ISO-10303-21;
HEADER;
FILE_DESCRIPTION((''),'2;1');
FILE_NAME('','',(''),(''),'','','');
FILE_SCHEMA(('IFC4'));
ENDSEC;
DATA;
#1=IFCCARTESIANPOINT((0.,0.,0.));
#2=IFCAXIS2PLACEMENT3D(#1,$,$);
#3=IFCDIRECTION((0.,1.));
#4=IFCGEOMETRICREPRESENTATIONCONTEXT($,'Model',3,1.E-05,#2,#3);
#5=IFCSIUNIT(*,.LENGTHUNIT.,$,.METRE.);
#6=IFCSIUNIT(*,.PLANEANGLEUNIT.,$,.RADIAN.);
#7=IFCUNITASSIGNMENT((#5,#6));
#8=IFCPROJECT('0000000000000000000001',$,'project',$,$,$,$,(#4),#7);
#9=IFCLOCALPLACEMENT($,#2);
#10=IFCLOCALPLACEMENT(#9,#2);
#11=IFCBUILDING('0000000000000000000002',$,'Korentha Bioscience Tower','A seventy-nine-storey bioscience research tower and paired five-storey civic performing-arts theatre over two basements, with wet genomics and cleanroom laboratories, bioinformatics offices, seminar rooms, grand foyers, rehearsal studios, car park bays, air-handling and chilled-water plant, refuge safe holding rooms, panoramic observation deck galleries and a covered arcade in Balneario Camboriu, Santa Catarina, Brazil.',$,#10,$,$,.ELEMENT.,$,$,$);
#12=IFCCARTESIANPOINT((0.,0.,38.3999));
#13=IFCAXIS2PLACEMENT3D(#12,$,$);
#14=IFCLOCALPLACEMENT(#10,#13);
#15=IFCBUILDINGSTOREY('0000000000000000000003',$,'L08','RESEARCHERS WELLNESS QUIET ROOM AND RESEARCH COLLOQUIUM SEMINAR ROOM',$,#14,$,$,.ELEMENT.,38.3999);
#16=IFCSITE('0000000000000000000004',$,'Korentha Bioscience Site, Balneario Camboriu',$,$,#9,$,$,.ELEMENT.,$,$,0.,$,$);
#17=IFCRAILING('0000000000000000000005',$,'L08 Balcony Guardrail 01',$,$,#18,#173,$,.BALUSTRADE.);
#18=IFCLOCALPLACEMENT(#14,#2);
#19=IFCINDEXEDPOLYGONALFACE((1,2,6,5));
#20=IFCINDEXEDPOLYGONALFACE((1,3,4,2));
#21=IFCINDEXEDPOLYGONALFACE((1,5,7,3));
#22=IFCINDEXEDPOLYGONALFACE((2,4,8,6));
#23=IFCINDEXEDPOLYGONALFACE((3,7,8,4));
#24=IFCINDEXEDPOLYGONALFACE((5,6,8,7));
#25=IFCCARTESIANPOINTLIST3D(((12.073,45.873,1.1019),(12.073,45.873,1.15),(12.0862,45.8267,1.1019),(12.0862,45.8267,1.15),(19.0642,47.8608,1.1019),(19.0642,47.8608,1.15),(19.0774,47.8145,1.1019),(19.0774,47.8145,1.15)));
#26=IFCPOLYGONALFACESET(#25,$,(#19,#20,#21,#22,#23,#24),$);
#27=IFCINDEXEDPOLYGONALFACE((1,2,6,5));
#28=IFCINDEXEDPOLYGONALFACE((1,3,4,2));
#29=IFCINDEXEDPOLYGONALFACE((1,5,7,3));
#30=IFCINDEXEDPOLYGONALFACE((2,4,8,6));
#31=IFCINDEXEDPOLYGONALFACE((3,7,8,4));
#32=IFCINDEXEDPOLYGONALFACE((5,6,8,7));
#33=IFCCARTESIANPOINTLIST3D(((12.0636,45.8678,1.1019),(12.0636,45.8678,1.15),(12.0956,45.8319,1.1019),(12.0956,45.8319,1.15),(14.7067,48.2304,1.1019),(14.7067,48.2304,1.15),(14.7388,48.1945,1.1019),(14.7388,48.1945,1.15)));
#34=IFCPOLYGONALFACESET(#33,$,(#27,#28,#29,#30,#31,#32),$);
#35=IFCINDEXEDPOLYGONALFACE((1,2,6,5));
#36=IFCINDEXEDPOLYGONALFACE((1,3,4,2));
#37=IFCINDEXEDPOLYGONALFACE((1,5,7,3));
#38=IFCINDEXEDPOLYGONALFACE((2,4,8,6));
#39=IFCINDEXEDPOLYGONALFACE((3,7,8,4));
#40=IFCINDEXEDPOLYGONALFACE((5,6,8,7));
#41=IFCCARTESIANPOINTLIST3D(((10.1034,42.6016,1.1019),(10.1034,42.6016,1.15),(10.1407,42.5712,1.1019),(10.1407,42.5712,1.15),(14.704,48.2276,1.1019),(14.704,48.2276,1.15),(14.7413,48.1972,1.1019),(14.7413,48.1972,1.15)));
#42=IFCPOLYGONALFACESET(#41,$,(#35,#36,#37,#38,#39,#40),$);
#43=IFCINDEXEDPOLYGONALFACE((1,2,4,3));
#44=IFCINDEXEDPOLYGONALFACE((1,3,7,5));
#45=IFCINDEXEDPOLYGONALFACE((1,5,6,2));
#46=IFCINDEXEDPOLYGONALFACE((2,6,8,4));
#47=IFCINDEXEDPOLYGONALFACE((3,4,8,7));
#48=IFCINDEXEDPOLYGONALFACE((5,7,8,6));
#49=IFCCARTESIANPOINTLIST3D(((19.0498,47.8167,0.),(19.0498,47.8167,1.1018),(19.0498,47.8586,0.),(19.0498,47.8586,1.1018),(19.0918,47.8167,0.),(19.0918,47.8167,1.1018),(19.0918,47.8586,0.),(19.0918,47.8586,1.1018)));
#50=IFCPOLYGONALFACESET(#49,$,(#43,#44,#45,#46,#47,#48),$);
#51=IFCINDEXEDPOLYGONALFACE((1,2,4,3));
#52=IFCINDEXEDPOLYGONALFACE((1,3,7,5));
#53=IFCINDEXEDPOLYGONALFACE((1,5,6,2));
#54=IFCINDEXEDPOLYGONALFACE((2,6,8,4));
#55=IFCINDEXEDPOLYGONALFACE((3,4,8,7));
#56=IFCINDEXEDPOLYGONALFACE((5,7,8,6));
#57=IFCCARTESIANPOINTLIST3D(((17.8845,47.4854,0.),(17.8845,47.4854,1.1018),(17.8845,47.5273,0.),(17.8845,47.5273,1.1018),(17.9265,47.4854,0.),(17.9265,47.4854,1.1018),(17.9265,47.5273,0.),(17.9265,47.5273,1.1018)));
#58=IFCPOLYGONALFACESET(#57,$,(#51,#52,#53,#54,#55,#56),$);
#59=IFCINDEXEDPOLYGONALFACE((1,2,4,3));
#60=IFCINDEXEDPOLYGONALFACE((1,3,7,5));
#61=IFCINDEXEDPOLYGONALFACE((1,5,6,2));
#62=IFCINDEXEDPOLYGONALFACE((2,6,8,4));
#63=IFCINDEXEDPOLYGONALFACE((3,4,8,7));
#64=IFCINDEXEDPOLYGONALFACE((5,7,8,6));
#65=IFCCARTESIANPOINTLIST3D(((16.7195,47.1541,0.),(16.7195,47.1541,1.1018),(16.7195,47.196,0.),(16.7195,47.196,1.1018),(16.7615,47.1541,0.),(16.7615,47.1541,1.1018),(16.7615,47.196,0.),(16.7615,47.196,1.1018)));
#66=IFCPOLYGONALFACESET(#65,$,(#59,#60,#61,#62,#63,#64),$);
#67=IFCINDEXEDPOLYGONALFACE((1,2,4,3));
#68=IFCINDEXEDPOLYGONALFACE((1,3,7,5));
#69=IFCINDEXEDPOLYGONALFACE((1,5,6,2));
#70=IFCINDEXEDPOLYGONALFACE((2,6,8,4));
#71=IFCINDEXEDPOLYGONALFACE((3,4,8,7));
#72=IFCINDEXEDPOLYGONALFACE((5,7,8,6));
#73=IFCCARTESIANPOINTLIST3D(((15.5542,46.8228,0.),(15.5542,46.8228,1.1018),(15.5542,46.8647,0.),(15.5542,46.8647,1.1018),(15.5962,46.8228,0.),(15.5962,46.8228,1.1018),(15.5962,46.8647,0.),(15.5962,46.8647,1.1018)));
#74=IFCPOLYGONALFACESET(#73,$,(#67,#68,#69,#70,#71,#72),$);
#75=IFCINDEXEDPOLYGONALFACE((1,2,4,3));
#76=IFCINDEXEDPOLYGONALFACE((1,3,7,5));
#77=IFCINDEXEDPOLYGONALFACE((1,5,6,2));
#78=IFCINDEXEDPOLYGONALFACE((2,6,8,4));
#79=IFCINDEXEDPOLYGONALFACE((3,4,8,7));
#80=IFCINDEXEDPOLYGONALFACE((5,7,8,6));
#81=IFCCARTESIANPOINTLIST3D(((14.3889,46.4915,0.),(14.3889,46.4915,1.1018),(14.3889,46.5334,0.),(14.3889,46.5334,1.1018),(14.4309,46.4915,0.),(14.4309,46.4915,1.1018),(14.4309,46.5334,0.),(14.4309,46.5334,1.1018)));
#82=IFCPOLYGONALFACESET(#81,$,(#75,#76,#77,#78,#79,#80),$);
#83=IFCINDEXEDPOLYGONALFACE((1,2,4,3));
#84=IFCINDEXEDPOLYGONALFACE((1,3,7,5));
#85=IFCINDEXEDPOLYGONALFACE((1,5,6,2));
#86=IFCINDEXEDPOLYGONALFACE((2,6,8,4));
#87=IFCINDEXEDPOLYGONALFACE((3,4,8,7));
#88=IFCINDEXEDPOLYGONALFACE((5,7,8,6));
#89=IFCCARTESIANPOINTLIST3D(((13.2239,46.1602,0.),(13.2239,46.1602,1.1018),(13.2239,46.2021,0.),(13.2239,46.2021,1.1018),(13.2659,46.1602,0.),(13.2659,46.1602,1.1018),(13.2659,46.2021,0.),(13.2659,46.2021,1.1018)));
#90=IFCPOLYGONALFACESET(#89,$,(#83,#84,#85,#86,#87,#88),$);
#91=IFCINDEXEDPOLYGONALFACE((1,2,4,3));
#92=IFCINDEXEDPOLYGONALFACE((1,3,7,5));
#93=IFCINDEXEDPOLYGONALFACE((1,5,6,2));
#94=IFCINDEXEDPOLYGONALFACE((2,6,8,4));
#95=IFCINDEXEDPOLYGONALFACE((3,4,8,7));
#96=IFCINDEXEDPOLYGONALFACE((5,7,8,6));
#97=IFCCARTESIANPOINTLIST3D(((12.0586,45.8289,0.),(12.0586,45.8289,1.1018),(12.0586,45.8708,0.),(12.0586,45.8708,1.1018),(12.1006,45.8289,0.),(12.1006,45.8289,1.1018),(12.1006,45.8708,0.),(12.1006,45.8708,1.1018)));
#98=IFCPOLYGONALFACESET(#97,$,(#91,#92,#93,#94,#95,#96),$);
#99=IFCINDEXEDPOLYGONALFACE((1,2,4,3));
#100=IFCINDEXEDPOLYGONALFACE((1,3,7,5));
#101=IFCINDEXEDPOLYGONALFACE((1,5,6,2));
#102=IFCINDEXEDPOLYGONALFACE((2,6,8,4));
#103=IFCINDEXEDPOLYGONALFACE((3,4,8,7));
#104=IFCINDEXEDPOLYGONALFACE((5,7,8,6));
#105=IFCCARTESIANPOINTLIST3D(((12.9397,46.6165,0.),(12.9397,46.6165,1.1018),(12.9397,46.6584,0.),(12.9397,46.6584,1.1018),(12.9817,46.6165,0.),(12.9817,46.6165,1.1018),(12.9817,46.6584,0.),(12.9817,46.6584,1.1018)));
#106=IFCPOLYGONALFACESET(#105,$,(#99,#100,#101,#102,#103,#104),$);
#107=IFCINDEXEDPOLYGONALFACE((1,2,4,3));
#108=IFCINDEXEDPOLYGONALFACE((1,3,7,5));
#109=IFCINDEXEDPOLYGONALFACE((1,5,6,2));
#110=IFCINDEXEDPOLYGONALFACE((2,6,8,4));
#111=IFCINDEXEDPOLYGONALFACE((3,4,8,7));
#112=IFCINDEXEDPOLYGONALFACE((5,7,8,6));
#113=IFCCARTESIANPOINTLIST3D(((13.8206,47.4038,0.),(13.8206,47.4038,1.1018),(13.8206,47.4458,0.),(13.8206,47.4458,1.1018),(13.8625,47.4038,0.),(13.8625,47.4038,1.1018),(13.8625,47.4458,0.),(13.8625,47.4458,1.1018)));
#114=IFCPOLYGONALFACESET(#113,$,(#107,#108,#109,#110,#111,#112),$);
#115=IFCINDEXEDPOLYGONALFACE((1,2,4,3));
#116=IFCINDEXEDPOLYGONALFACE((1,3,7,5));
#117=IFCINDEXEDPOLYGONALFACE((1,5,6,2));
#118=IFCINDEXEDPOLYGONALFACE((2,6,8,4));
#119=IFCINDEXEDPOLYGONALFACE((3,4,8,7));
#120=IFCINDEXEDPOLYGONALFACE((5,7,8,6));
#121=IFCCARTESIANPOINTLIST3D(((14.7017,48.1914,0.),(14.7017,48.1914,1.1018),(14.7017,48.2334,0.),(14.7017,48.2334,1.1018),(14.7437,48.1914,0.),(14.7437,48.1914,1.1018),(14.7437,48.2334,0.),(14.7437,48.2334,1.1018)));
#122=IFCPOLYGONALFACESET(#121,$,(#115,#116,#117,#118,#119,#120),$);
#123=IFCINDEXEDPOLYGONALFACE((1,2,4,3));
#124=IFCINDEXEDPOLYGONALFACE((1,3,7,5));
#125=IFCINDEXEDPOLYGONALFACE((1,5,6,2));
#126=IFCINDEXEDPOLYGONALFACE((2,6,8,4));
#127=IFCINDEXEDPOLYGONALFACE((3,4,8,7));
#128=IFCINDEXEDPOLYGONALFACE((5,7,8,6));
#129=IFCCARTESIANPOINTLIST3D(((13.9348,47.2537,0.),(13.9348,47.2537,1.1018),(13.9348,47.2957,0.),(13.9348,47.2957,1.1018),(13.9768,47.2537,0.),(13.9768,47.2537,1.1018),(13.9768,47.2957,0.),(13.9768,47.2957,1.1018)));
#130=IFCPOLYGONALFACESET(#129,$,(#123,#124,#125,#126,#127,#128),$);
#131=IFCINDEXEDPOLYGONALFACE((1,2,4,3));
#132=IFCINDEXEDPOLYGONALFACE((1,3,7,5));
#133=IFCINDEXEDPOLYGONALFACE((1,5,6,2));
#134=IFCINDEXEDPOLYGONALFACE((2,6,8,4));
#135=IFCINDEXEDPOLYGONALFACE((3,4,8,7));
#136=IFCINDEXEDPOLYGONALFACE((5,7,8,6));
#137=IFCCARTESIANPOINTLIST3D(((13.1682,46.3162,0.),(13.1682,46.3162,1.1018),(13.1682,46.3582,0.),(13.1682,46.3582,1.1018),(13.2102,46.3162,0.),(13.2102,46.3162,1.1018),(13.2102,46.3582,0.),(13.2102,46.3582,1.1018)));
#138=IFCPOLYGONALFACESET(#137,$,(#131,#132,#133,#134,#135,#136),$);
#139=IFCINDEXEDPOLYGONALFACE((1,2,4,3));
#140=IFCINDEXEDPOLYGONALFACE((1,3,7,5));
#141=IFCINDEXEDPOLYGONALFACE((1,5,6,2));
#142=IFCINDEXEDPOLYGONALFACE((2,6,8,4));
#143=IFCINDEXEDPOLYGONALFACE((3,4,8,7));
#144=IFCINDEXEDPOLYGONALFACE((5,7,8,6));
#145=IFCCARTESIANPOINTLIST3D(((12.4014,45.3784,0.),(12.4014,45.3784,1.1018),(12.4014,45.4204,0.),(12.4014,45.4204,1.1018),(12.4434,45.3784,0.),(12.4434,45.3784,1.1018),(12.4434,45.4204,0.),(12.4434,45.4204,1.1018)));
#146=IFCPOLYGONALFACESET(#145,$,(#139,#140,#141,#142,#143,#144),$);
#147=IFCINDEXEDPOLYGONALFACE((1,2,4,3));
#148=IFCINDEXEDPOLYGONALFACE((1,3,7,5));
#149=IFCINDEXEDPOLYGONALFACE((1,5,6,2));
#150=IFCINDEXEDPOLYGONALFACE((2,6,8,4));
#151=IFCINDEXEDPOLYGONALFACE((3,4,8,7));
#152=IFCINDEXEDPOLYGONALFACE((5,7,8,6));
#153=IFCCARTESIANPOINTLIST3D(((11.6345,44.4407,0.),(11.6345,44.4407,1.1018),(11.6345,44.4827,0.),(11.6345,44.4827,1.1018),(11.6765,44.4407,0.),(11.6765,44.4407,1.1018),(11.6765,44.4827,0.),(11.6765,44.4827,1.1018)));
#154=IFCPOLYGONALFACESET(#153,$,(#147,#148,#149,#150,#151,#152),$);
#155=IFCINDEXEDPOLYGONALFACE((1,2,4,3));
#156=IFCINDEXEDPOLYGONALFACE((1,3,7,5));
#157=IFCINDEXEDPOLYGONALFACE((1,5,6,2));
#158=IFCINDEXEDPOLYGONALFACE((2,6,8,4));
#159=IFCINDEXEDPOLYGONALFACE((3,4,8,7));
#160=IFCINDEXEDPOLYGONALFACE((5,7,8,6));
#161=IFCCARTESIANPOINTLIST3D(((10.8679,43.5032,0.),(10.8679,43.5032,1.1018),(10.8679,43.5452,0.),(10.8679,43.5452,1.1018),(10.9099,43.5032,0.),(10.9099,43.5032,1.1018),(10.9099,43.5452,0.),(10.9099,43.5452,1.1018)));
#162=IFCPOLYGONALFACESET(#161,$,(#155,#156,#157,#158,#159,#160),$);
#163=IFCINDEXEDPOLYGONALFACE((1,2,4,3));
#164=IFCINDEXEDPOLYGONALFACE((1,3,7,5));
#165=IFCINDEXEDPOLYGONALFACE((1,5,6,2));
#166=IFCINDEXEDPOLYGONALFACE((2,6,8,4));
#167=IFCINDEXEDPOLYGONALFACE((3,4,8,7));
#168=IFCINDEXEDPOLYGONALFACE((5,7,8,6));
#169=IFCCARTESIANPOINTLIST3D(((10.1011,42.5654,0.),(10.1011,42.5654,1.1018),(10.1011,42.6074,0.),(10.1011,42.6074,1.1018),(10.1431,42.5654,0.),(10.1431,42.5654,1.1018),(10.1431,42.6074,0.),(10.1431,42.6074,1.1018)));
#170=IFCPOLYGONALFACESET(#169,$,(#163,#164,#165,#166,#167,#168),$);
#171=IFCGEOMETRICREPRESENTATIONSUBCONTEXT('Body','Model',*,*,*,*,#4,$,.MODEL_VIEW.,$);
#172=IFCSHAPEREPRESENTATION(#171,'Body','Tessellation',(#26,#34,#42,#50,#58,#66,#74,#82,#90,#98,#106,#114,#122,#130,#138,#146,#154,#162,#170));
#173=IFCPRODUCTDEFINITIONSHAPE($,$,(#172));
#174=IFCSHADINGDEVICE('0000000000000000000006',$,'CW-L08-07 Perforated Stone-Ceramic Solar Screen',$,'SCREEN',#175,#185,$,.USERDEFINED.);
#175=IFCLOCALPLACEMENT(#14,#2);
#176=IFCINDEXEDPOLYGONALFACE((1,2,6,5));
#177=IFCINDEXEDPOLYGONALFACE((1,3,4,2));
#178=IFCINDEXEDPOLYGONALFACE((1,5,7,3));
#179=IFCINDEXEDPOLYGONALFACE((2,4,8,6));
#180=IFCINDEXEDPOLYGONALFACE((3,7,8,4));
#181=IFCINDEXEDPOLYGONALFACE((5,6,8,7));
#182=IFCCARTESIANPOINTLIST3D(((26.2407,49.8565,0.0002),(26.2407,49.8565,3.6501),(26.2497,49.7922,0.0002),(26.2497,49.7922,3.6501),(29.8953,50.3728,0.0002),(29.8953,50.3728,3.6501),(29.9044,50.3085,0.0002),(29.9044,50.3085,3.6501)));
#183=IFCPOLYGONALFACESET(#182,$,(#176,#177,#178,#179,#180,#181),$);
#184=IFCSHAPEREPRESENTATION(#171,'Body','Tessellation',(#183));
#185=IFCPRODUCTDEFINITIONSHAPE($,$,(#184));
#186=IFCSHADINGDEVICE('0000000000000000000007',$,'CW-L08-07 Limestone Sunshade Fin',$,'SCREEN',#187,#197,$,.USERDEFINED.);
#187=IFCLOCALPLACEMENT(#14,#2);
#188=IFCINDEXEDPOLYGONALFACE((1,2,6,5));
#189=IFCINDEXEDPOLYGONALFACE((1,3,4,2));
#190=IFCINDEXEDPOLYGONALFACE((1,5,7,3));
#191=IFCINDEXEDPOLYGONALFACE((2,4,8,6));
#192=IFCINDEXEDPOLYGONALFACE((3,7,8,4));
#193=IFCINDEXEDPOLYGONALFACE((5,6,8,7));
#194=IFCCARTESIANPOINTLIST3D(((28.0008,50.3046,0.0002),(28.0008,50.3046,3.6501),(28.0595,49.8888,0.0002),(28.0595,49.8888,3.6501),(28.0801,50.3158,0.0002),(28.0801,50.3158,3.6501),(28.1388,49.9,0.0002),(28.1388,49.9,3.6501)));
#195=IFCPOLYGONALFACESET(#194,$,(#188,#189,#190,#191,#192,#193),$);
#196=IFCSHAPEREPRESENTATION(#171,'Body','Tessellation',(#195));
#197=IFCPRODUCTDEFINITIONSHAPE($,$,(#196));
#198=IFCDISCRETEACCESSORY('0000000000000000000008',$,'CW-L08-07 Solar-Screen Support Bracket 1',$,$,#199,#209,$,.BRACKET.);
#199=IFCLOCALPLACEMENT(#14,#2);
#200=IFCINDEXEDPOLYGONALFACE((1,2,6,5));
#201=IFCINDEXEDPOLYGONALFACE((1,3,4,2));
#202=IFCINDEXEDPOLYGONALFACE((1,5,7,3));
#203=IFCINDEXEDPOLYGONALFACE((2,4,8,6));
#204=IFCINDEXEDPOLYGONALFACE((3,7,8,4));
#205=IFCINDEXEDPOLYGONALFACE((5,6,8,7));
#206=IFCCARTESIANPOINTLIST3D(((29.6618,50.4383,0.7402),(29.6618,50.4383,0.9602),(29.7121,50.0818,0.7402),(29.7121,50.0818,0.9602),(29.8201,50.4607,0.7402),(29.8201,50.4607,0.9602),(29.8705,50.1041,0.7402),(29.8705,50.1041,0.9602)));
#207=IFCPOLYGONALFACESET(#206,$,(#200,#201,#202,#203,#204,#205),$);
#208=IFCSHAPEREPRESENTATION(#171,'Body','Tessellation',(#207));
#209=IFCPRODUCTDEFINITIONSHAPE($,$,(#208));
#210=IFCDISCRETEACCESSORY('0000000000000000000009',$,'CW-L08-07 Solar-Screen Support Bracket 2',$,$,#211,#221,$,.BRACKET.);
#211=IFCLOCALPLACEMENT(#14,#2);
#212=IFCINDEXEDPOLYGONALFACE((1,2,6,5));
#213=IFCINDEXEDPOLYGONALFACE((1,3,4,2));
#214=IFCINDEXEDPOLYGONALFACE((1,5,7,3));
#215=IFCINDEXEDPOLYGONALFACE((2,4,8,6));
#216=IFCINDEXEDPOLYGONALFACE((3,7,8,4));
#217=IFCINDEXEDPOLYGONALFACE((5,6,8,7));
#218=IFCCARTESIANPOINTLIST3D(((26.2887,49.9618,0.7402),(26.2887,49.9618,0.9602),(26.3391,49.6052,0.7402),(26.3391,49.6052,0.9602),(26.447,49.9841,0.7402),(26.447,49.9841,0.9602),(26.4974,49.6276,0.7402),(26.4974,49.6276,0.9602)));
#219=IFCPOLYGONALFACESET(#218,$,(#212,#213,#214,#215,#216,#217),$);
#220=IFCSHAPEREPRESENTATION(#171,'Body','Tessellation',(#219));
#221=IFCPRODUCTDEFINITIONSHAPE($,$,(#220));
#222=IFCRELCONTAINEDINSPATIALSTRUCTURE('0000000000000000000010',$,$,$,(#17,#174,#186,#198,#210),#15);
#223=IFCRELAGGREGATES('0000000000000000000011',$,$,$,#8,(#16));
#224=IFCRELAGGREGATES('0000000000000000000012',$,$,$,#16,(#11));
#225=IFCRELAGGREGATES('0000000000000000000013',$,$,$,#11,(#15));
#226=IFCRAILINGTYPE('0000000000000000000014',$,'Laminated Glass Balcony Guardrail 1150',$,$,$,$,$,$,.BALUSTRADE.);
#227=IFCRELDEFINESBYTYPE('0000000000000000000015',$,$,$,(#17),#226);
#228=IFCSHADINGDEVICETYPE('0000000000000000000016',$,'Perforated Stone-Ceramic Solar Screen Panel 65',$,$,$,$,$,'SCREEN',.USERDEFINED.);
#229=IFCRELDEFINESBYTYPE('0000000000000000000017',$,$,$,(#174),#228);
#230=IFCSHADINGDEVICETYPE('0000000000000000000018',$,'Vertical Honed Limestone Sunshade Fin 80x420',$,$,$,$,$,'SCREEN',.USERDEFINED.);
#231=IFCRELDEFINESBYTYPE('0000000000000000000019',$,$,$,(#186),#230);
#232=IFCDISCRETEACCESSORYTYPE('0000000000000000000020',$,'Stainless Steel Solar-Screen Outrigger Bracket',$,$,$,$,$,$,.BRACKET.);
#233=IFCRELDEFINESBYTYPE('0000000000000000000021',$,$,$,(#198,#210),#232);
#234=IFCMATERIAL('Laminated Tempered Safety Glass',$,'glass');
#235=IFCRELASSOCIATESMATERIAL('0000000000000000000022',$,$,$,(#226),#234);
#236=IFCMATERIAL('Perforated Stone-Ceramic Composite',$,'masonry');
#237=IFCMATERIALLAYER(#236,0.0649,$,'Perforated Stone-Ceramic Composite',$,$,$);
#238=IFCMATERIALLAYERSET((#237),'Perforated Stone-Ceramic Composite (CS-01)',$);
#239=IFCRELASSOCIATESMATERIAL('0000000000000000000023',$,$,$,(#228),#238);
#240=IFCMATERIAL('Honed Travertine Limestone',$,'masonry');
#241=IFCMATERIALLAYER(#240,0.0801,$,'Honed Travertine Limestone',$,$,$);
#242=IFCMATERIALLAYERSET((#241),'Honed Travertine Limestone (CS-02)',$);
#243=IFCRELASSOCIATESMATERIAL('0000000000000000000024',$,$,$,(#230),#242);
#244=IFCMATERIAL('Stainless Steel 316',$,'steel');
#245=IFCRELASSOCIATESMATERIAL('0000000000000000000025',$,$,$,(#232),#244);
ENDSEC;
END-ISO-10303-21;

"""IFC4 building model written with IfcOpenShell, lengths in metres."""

from ifc_helpers import new_model, si_unit, direction, frame, origin, origin_2d, place, context, subcontext, project, spatial, rectangle, extrude, material, layer, layer_set, type_object, element, save


model = new_model("IFC4")

# Units and contexts
model_context = context("Model", 3, precision=1e-05, world=origin(), true_north=direction((0.0, 1.0)))
body_context = subcontext(model_context, "Body", "Model", "MODEL_VIEW")
ifc_project = project(units=[si_unit("LENGTHUNIT", "METRE"), si_unit("PLANEANGLEUNIT", "RADIAN")], contexts=[model_context])

# Site, building, storey
site_placement = place(None, origin())
site = spatial("IfcSite", under=ifc_project, at=site_placement, Name="Korentha Bioscience Site, Balneario Camboriu", CompositionType="ELEMENT", RefElevation=0.0)
building_placement = place(site_placement, origin())
building = spatial("IfcBuilding", under=site, at=building_placement, Name="Korentha Bioscience Tower", Description="A seventy-nine-storey bioscience research tower and paired five-storey civic performing-arts theatre over two basements, with wet genomics and cleanroom laboratories, bioinformatics offices, seminar rooms, grand foyers, rehearsal studios, car park bays, air-handling and chilled-water plant, refuge safe holding rooms, panoramic observation deck galleries and a covered arcade in Balneario Camboriu, Santa Catarina, Brazil.", CompositionType="ELEMENT")
storey_placement = place(building_placement, frame((0.0, 0.0, 38.3999)))
storey = spatial("IfcBuildingStorey", under=building, at=storey_placement, Name="L08", Description="RESEARCHERS WELLNESS QUIET ROOM AND RESEARCH COLLOQUIUM SEMINAR ROOM", CompositionType="ELEMENT", Elevation=38.3999)

# Railing
ifc_material_1 = material(Name="Laminated Tempered Safety Glass", Category="glass")
railing_type = type_object("IfcRailingType", Name="Laminated Glass Balcony Guardrail 1150", PredefinedType="BALUSTRADE", material=ifc_material_1)
railing_placement = place(storey_placement, frame((19.0708, 47.8376, 0.0)))
element("IfcRailing", 1, at=railing_placement, inside=storey, type_object=railing_type, Name="L08 Balcony Guardrail 01", PredefinedType="BALUSTRADE", context=body_context, shape_type="SweptSolid", body=[
    extrude(rectangle(XDim=0.0481, YDim=0.0481, at=origin_2d()), frame((0.0, 0.0, 1.126), z_axis=(-0.961876, -0.273488, 0.0), x_axis=(0.273488, -0.961876, 0.0)), (0.0, 0.0, 1.0), 7.2683),
    extrude(rectangle(XDim=0.0481, YDim=0.0481, at=origin_2d()), frame((-6.9912, -1.9878, 1.126), z_axis=(0.745564, 0.666434, 0.0), x_axis=(-0.666434, 0.745564, 0.0)), (0.0, 0.0, 1.0), 3.5452),
    extrude(rectangle(XDim=0.0481, YDim=0.0481, at=origin_2d()), frame((-4.3481, 0.3748, 1.126), z_axis=(-0.633033, -0.774125, 0.0), x_axis=(0.774125, -0.633033, 0.0)), (0.0, 0.0, 1.0), 7.2676),
    extrude(rectangle(XDim=0.042, YDim=0.042, at=origin_2d()), origin(), (0.0, 0.0, 1.0), 1.1018),
    extrude(rectangle(XDim=0.042, YDim=0.042, at=origin_2d()), frame((-1.1653, -0.3313, 0.0)), (0.0, 0.0, 1.0), 1.1018),
    extrude(rectangle(XDim=0.042, YDim=0.042, at=origin_2d()), frame((-2.3303, -0.6626, 0.0)), (0.0, 0.0, 1.0), 1.1018),
    extrude(rectangle(XDim=0.042, YDim=0.042, at=origin_2d()), frame((-3.4956, -0.9939, 0.0)), (0.0, 0.0, 1.0), 1.1018),
    extrude(rectangle(XDim=0.042, YDim=0.042, at=origin_2d()), frame((-4.6609, -1.3252, 0.0)), (0.0, 0.0, 1.0), 1.1018),
    extrude(rectangle(XDim=0.042, YDim=0.042, at=origin_2d()), frame((-5.8259, -1.6565, 0.0)), (0.0, 0.0, 1.0), 1.1018),
    extrude(rectangle(XDim=0.042, YDim=0.042, at=origin_2d()), frame((-6.9912, -1.9878, 0.0)), (0.0, 0.0, 1.0), 1.1018),
    extrude(rectangle(XDim=0.042, YDim=0.042, at=origin_2d()), frame((-6.1101, -1.2002, 0.0)), (0.0, 0.0, 1.0), 1.1018),
    extrude(rectangle(XDim=0.042, YDim=0.042, at=origin_2d()), frame((-5.2292, -0.4128, 0.0)), (0.0, 0.0, 1.0), 1.1018),
    extrude(rectangle(XDim=0.042, YDim=0.042, at=origin_2d()), frame((-4.3481, 0.3748, 0.0)), (0.0, 0.0, 1.0), 1.1018),
    extrude(rectangle(XDim=0.042, YDim=0.042, at=origin_2d()), frame((-5.115, -0.563, 0.0)), (0.0, 0.0, 1.0), 1.1018),
    extrude(rectangle(XDim=0.042, YDim=0.042, at=origin_2d()), frame((-5.8816, -1.5005, 0.0)), (0.0, 0.0, 1.0), 1.1018),
    extrude(rectangle(XDim=0.042, YDim=0.042, at=origin_2d()), frame((-6.6484, -2.4382, 0.0)), (0.0, 0.0, 1.0), 1.1018),
    extrude(rectangle(XDim=0.042, YDim=0.042, at=origin_2d()), frame((-7.4153, -3.376, 0.0)), (0.0, 0.0, 1.0), 1.1018),
    extrude(rectangle(XDim=0.042, YDim=0.042, at=origin_2d()), frame((-8.1819, -4.3135, 0.0)), (0.0, 0.0, 1.0), 1.1018),
    extrude(rectangle(XDim=0.042, YDim=0.042, at=origin_2d()), frame((-8.9487, -5.2512, 0.0)), (0.0, 0.0, 1.0), 1.1018),
])

# Shading devices
ifc_material_2 = material(Name="Perforated Stone-Ceramic Composite", Category="masonry")
ifc_layer_1 = layer(ifc_material_2, 0.0649, Name="Perforated Stone-Ceramic Composite")
ifc_layer_set_1 = layer_set([ifc_layer_1], Name="Perforated Stone-Ceramic Composite (CS-01)")
shading_device_type_1 = type_object("IfcShadingDeviceType", Name="Perforated Stone-Ceramic Solar Screen Panel 65", ElementType="SCREEN", PredefinedType="USERDEFINED", material=ifc_layer_set_1)
shading_device_1_placement = place(storey_placement, frame((28.0725, 50.0825, 0.0002), z_axis=(0.0, 0.0, 1.0), x_axis=(-0.990167, -0.139888, 0.0)))
element("IfcShadingDevice", 2, at=shading_device_1_placement, inside=storey, type_object=shading_device_type_1, Name="CW-L08-07 Perforated Stone-Ceramic Solar Screen", ObjectType="SCREEN", PredefinedType="USERDEFINED", context=body_context, shape_type="SweptSolid", body=[
    extrude(rectangle(XDim=3.6909, YDim=0.0649, at=origin_2d()), origin(), (0.0, 0.0, 1.0), 3.6499),
])
ifc_material_3 = material(Name="Honed Travertine Limestone", Category="masonry")
ifc_layer_2 = layer(ifc_material_3, 0.0801, Name="Honed Travertine Limestone")
ifc_layer_set_2 = layer_set([ifc_layer_2], Name="Honed Travertine Limestone (CS-02)")
shading_device_type_2 = type_object("IfcShadingDeviceType", Name="Vertical Honed Limestone Sunshade Fin 80x420", ElementType="SCREEN", PredefinedType="USERDEFINED", material=ifc_layer_set_2)
shading_device_2_placement = place(storey_placement, frame((28.0698, 50.1023, 0.0002), z_axis=(0.0, 0.0, 1.0), x_axis=(-0.990167, -0.139888, 0.0)))
element("IfcShadingDevice", 3, at=shading_device_2_placement, inside=storey, type_object=shading_device_type_2, Name="CW-L08-07 Limestone Sunshade Fin", ObjectType="SCREEN", PredefinedType="USERDEFINED", context=body_context, shape_type="SweptSolid", body=[
    extrude(rectangle(XDim=0.0801, YDim=0.4199, at=origin_2d()), origin(), (0.0, 0.0, 1.0), 3.6499),
])

# Discrete accessories
ifc_material_4 = material(Name="Stainless Steel 316", Category="steel")
discrete_accessory_type = type_object("IfcDiscreteAccessoryType", Name="Stainless Steel Solar-Screen Outrigger Bracket", PredefinedType="BRACKET", material=ifc_material_4)
for number, where, z_axis, x_axis, name in (
    (4, (29.7661, 50.2712, 0.7402), (0.0, 0.0, 1.0), (-0.990167, -0.139888, 0.0), "CW-L08-07 Solar-Screen Support Bracket 1"),
    (5, (26.3931, 49.7947, 0.7402), (0.0, 0.0, 1.0), (-0.990167, -0.139888, 0.0), "CW-L08-07 Solar-Screen Support Bracket 2"),
):
    element("IfcDiscreteAccessory", number, at=place(storey_placement, frame(where, z_axis=z_axis, x_axis=x_axis)), inside=storey, type_object=discrete_accessory_type, Name=name, PredefinedType="BRACKET", context=body_context, shape_type="SweptSolid", body=[
        extrude(rectangle(XDim=0.1599, YDim=0.3601, at=origin_2d()), origin(), (0.0, 0.0, 1.0), 0.22),
    ])

save(model, "model.ifc")
